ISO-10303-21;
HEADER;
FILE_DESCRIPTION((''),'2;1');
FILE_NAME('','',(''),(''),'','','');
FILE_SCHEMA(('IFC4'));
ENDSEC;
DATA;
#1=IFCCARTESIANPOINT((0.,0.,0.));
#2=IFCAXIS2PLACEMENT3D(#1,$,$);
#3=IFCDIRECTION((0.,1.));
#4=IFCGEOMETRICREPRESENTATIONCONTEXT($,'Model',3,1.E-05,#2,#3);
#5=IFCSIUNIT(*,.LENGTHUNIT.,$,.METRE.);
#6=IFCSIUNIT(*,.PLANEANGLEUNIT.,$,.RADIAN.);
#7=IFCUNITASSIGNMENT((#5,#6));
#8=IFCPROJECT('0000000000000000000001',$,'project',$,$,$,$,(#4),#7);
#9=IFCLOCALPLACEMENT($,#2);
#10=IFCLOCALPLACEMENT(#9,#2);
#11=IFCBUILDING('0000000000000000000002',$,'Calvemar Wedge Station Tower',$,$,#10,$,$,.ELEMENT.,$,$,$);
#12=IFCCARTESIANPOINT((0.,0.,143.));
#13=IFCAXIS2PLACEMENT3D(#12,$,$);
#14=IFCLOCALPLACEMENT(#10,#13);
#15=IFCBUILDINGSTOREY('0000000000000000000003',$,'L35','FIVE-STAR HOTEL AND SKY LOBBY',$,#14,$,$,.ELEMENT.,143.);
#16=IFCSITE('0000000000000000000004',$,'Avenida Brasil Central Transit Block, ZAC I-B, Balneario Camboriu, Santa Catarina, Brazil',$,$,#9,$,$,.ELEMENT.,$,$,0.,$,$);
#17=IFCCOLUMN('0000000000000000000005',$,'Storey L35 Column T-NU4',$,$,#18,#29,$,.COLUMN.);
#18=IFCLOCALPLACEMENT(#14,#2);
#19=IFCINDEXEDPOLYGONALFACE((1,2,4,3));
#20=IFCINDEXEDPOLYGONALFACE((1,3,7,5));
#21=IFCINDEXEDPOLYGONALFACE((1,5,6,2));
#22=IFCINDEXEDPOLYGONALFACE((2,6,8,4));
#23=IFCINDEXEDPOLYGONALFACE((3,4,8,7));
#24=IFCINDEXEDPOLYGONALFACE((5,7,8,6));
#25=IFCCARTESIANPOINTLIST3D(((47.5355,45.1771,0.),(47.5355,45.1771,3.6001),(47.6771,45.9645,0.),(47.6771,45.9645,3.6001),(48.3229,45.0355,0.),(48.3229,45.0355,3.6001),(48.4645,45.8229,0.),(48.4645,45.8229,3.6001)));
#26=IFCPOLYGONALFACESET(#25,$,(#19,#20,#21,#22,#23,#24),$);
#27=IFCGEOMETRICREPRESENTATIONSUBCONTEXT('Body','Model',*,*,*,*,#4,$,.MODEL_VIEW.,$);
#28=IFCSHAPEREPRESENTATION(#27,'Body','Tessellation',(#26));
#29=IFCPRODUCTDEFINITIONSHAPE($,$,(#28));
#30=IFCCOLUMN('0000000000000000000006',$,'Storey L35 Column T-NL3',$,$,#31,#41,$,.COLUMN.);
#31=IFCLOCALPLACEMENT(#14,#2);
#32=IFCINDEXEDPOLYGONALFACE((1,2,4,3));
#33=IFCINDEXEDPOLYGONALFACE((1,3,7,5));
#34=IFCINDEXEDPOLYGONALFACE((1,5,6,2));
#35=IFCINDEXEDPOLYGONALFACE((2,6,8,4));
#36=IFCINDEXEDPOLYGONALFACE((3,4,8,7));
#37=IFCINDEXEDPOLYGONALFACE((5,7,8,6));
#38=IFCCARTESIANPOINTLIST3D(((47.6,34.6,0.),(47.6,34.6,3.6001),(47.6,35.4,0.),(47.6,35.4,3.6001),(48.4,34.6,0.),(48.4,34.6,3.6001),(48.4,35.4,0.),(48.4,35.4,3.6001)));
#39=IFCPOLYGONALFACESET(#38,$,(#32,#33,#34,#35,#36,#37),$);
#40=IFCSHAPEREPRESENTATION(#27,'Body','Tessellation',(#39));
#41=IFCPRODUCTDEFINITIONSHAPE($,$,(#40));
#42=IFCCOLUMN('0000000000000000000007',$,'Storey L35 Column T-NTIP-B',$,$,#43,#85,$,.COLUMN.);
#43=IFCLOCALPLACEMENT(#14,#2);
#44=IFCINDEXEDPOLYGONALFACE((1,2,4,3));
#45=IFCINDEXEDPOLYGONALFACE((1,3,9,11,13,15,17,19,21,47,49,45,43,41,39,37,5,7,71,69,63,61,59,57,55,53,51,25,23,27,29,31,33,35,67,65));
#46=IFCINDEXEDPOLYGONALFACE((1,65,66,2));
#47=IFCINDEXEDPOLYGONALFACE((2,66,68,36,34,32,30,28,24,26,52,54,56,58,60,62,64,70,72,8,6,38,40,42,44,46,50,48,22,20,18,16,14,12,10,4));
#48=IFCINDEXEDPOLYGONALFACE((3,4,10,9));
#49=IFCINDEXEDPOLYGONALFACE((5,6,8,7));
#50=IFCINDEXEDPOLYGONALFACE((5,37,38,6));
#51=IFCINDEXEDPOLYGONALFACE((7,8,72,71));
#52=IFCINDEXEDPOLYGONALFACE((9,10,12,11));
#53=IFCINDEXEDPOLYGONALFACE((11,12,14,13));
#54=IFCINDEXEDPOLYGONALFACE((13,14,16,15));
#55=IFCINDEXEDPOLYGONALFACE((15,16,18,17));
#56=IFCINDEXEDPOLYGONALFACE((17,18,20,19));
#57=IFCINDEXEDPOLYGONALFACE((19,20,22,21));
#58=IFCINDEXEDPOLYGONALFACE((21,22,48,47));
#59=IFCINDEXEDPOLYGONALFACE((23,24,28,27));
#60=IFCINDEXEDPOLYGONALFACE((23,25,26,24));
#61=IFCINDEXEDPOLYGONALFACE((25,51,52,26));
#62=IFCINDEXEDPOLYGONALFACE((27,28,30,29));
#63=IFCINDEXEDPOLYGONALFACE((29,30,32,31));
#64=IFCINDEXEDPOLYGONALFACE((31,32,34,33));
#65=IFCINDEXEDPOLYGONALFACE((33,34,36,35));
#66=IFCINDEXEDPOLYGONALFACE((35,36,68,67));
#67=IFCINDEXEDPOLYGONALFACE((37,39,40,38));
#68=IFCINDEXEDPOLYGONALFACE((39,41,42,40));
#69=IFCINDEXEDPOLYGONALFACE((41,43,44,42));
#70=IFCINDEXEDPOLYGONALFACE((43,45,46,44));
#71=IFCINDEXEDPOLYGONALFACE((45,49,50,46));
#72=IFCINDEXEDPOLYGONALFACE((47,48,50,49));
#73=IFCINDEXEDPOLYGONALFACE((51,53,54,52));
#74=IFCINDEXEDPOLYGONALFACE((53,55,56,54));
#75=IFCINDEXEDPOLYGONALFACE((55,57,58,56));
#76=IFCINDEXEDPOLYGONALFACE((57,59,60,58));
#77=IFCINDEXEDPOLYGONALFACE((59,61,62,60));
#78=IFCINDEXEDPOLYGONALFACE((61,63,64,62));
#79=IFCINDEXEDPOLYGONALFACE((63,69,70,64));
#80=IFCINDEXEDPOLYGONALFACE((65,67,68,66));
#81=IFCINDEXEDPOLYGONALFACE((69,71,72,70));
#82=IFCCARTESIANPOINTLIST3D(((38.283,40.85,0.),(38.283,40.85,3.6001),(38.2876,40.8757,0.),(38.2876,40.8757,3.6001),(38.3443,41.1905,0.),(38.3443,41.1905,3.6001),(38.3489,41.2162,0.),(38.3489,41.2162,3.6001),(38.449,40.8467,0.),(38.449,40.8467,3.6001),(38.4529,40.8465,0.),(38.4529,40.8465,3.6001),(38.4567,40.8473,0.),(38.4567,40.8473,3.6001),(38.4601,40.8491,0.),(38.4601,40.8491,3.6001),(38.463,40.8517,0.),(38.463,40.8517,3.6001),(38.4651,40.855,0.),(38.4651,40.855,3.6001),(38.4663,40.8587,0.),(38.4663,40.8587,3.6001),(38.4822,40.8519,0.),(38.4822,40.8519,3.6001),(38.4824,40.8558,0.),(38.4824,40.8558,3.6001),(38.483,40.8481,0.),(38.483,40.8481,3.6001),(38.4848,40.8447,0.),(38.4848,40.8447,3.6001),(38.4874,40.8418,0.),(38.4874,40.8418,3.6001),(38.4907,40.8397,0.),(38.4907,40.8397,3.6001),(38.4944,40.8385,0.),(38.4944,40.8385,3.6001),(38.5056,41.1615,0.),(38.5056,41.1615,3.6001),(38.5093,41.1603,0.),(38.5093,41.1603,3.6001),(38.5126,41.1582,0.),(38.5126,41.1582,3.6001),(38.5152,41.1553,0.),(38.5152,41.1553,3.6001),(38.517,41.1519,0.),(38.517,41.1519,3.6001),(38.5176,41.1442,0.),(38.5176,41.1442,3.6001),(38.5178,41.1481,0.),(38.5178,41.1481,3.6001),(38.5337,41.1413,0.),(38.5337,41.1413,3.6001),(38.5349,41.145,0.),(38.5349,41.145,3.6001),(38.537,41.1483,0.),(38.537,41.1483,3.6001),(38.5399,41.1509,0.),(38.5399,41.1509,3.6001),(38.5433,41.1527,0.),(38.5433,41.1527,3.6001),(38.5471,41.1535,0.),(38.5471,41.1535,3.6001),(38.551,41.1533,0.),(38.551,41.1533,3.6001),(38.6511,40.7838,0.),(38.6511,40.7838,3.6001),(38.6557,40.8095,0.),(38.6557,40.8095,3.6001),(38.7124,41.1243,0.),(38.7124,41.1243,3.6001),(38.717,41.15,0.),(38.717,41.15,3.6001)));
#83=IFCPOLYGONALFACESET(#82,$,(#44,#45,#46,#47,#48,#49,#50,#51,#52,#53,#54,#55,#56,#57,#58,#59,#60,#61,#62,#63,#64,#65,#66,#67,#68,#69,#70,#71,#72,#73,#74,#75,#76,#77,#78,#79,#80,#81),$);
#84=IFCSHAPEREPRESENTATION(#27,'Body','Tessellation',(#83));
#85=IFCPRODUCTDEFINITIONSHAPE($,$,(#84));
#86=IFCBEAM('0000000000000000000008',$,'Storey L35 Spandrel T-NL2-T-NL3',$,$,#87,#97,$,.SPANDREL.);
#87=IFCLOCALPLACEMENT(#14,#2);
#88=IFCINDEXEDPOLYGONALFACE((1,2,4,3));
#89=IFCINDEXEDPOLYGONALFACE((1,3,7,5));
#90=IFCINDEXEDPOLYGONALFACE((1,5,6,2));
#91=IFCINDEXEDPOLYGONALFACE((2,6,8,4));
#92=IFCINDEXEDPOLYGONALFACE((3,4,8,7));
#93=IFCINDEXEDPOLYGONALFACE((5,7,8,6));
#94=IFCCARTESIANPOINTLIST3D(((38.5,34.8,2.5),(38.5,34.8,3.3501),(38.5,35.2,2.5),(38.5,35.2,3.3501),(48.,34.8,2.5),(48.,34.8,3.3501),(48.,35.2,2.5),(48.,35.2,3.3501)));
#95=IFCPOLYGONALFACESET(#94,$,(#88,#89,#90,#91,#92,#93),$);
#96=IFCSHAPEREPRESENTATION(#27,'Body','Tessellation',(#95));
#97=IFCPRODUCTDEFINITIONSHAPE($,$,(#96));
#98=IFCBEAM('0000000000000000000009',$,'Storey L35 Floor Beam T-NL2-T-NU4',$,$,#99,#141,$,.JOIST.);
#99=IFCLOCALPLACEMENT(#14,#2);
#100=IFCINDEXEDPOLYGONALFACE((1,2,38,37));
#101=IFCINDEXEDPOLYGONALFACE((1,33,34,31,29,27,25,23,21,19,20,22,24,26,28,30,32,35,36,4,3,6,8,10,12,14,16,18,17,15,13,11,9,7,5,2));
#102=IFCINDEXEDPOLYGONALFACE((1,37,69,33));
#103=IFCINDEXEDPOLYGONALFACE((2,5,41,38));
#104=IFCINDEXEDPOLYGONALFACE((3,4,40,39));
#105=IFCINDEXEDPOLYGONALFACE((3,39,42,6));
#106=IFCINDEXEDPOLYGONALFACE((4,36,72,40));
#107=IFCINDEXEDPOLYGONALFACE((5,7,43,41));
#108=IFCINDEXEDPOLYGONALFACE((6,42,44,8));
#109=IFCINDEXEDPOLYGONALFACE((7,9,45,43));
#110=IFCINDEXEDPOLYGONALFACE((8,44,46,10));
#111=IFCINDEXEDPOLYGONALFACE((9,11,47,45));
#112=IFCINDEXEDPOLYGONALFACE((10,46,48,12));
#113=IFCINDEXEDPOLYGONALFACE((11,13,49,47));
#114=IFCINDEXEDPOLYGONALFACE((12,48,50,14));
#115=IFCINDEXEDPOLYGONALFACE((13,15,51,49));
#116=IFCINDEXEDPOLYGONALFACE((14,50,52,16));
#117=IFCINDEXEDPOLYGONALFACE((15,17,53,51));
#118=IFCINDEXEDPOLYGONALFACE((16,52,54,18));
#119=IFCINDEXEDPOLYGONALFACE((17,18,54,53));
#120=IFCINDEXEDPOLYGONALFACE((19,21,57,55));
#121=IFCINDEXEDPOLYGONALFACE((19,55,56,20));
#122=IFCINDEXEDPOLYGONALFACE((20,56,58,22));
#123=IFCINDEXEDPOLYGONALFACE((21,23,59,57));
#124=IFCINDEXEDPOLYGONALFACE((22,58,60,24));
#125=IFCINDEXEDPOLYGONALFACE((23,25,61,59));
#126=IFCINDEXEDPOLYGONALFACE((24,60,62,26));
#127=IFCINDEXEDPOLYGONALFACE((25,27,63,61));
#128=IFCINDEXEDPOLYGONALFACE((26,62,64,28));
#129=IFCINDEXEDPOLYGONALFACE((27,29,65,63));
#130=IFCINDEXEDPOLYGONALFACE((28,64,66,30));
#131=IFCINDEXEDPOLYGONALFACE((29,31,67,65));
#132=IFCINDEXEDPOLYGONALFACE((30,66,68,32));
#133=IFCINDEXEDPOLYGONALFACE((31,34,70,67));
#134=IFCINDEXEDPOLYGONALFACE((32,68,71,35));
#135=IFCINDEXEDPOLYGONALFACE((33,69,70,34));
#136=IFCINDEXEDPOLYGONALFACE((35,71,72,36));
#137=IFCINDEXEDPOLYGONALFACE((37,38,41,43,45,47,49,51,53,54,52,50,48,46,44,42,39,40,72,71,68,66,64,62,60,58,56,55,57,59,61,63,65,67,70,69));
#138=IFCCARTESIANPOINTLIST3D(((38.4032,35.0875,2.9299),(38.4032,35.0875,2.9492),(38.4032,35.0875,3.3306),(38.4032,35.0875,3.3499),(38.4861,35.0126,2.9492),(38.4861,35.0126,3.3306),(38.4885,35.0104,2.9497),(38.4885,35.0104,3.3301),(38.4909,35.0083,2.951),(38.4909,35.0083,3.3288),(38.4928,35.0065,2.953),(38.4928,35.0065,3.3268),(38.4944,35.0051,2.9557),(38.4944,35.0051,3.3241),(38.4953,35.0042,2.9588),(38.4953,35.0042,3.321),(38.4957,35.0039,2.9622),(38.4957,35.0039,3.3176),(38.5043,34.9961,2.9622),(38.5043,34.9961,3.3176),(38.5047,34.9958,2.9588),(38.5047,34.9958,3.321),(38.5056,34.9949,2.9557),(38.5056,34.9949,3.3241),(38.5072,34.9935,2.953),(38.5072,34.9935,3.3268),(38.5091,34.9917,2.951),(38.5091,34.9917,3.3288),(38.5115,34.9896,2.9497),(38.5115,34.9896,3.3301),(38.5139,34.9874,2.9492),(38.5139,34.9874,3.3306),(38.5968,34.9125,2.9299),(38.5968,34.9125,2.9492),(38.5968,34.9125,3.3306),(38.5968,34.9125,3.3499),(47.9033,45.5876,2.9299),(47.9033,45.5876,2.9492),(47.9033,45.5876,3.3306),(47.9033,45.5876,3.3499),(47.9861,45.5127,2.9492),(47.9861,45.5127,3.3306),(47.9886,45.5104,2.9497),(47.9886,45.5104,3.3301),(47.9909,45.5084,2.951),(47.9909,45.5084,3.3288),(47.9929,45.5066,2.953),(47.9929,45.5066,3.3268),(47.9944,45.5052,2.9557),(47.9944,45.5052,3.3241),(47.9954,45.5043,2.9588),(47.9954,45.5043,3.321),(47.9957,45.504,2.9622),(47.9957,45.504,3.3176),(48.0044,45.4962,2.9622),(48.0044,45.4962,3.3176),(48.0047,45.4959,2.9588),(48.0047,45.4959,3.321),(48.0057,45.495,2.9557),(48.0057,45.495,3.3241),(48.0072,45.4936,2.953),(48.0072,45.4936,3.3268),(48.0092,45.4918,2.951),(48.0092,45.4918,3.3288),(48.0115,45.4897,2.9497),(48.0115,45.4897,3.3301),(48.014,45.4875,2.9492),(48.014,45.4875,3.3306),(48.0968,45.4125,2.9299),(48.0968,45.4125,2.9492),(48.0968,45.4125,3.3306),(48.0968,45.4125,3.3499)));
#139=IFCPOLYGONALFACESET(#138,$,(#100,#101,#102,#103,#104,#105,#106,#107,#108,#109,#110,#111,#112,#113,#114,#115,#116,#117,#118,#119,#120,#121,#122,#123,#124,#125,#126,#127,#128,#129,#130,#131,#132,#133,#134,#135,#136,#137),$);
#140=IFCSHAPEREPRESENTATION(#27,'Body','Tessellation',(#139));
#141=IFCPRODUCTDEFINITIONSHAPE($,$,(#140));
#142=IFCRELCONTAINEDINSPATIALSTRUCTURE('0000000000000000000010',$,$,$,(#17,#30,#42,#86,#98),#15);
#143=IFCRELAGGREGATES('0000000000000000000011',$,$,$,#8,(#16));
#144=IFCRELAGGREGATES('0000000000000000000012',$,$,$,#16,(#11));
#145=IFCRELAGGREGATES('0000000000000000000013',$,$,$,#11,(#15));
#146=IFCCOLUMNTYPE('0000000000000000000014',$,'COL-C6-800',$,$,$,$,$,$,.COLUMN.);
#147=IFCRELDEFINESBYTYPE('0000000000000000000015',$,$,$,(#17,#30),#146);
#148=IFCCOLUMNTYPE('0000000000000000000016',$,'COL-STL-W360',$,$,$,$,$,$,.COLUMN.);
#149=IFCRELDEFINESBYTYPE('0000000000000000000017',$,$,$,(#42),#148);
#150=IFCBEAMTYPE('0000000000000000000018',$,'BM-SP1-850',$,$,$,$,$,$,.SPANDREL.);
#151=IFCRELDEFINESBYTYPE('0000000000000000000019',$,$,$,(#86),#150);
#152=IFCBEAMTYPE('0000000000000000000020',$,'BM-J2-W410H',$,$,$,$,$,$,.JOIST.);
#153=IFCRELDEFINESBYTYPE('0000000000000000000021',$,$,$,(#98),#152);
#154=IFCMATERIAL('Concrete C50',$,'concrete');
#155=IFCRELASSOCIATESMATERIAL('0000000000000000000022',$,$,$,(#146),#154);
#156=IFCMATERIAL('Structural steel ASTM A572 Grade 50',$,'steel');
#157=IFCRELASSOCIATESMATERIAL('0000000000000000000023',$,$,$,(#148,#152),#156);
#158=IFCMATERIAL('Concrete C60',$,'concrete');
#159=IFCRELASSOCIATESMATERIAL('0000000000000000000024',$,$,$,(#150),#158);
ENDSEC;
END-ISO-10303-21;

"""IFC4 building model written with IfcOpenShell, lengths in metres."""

from ifc_helpers import new_model, si_unit, direction, frame, origin, origin_2d, place, context, subcontext, project, spatial, rectangle, i_section, extrude, source, transform, mapped, material, material_profile, profile_set, type_object, element, save


model = new_model("IFC4")

# Units and contexts
model_context = context("Model", 3, precision=1e-05, world=origin(), true_north=direction((0.0, 1.0)))
body_context = subcontext(model_context, "Body", "Model", "MODEL_VIEW")
ifc_project = project(units=[si_unit("LENGTHUNIT", "METRE"), si_unit("PLANEANGLEUNIT", "RADIAN")], contexts=[model_context])

# Site, building, storey
site_placement = place(None, origin())
site = spatial("IfcSite", under=ifc_project, at=site_placement, Name="Avenida Brasil Central Transit Block, ZAC I-B, Balneario Camboriu, Santa Catarina, Brazil", CompositionType="ELEMENT", RefElevation=0.0)
building_placement = place(site_placement, origin())
building = spatial("IfcBuilding", under=site, at=building_placement, Name="Calvemar Wedge Station Tower", CompositionType="ELEMENT")
storey_placement = place(building_placement, frame((0.0, 0.0, 143.0)))
storey = spatial("IfcBuildingStorey", under=building, at=storey_placement, Name="L35", Description="FIVE-STAR HOTEL AND SKY LOBBY", CompositionType="ELEMENT", Elevation=143.0)

# Columns
ifc_material_1 = material(Name="Concrete C50", Category="concrete")
ifc_material_profile_1 = material_profile(ifc_material_1, rectangle(XDim=0.8, YDim=0.8, at=origin_2d()), Name="RC800x800")
ifc_profile_set_1 = profile_set([ifc_material_profile_1], Name="Concrete C50")
column_type_1 = type_object("IfcColumnType", Name="COL-C6-800", PredefinedType="COLUMN", material=ifc_profile_set_1)
shared_shape_1 = source(origin(), body_context, "Body", "SweptSolid", [
    extrude(rectangle(XDim=0.8, YDim=0.8, at=origin_2d()), origin(), (0.0, 0.0, 1.0), 3.6001),
])
for number, where, z_axis, x_axis, name in (
    (1, (48.0, 45.5, 0.0), (0.0, 0.0, 1.0), (0.984196, -0.177085, 0.0), "Storey L35 Column T-NU4"),
    (2, (48.0, 35.0, 0.0), (0.0, 0.0, 1.0), (1.0, 0.0, 0.0), "Storey L35 Column T-NL3"),
):
    element("IfcColumn", number, at=place(storey_placement, frame(where, z_axis=z_axis, x_axis=x_axis)), inside=storey, type_object=column_type_1, Name=name, PredefinedType="COLUMN", context=body_context, shape_type="MappedRepresentation", body=[
        mapped(shared_shape_1, transform((0.0, 0.0, 0.0), scale=1.0)),
    ])
ifc_material_2 = material(Name="Structural steel ASTM A572 Grade 50", Category="steel")
ifc_material_profile_2 = material_profile(ifc_material_2, i_section(OverallWidth=0.374, OverallDepth=0.3721, WebThickness=0.0164, FlangeThickness=0.0261, FilletRadius=0.0149, at=origin_2d()), Name="W360x196")
ifc_profile_set_2 = profile_set([ifc_material_profile_2], Name="Structural steel ASTM A572 Grade 50")
column_type_2 = type_object("IfcColumnType", Name="COL-STL-W360", PredefinedType="COLUMN", material=ifc_profile_set_2)
shared_shape_2 = source(origin(), body_context, "Body", "SweptSolid", [
    extrude(i_section(OverallWidth=0.374, OverallDepth=0.3721, WebThickness=0.0164, FlangeThickness=0.0261, FilletRadius=0.0149, at=origin_2d()), origin(), (0.0, 0.0, 1.0), 3.6001),
])
column_placement = place(storey_placement, frame((38.5, 41.0, 0.0), z_axis=(0.0, 0.0, 1.0), x_axis=(0.984196, -0.177085, 0.0)))
element("IfcColumn", 3, at=column_placement, inside=storey, type_object=column_type_2, Name="Storey L35 Column T-NTIP-B", PredefinedType="COLUMN", context=body_context, shape_type="MappedRepresentation", body=[
    mapped(shared_shape_2, transform((0.0, 0.0, 0.0), scale=1.0)),
])

# Beams
ifc_material_3 = material(Name="Concrete C60", Category="concrete")
ifc_material_profile_3 = material_profile(ifc_material_3, rectangle(XDim=0.3999, YDim=0.8501, at=origin_2d()), Name="RC400x850")
ifc_profile_set_3 = profile_set([ifc_material_profile_3], Name="Concrete C60")
beam_type_1 = type_object("IfcBeamType", Name="BM-SP1-850", PredefinedType="SPANDREL", material=ifc_profile_set_3)
shared_shape_3 = source(origin(), body_context, "Body", "SweptSolid", [
    extrude(rectangle(XDim=0.3999, YDim=0.8501, at=origin_2d()), origin(), (0.0, 0.0, 1.0), 9.5),
])
beam_1_placement = place(storey_placement, frame((38.5, 35.0, 2.925), z_axis=(1.0, 0.0, 0.0), x_axis=(0.0, 1.0, 0.0)))
element("IfcBeam", 4, at=beam_1_placement, inside=storey, type_object=beam_type_1, Name="Storey L35 Spandrel T-NL2-T-NL3", PredefinedType="SPANDREL", context=body_context, shape_type="MappedRepresentation", body=[
    mapped(shared_shape_3, transform((0.0, 0.0, 0.0), scale=1.0)),
])
ifc_material_profile_4 = material_profile(ifc_material_2, i_section(OverallWidth=0.261, OverallDepth=0.4199, WebThickness=0.0117, FlangeThickness=0.0193, FilletRadius=0.0129, at=origin_2d()), Name="W410x114")
ifc_profile_set_4 = profile_set([ifc_material_profile_4], Name="Structural steel ASTM A572 Grade 50")
beam_type_2 = type_object("IfcBeamType", Name="BM-J2-W410H", PredefinedType="JOIST", material=ifc_profile_set_4)
shared_shape_4 = source(origin(), body_context, "Body", "SweptSolid", [
    extrude(i_section(OverallWidth=0.261, OverallDepth=0.4199, WebThickness=0.0117, FlangeThickness=0.0193, FilletRadius=0.0129, at=origin_2d()), origin(), (0.0, 0.0, 1.0), 14.1599),
])
beam_2_placement = place(storey_placement, frame((38.5, 35.0, 3.1399), z_axis=(0.670913, 0.741536, 0.0), x_axis=(-0.741536, 0.670913, 0.0)))
element("IfcBeam", 5, at=beam_2_placement, inside=storey, type_object=beam_type_2, Name="Storey L35 Floor Beam T-NL2-T-NU4", PredefinedType="JOIST", context=body_context, shape_type="MappedRepresentation", body=[
    mapped(shared_shape_4, transform((0.0, 0.0, 0.0), scale=1.0)),
])

save(model, "model.ifc")
